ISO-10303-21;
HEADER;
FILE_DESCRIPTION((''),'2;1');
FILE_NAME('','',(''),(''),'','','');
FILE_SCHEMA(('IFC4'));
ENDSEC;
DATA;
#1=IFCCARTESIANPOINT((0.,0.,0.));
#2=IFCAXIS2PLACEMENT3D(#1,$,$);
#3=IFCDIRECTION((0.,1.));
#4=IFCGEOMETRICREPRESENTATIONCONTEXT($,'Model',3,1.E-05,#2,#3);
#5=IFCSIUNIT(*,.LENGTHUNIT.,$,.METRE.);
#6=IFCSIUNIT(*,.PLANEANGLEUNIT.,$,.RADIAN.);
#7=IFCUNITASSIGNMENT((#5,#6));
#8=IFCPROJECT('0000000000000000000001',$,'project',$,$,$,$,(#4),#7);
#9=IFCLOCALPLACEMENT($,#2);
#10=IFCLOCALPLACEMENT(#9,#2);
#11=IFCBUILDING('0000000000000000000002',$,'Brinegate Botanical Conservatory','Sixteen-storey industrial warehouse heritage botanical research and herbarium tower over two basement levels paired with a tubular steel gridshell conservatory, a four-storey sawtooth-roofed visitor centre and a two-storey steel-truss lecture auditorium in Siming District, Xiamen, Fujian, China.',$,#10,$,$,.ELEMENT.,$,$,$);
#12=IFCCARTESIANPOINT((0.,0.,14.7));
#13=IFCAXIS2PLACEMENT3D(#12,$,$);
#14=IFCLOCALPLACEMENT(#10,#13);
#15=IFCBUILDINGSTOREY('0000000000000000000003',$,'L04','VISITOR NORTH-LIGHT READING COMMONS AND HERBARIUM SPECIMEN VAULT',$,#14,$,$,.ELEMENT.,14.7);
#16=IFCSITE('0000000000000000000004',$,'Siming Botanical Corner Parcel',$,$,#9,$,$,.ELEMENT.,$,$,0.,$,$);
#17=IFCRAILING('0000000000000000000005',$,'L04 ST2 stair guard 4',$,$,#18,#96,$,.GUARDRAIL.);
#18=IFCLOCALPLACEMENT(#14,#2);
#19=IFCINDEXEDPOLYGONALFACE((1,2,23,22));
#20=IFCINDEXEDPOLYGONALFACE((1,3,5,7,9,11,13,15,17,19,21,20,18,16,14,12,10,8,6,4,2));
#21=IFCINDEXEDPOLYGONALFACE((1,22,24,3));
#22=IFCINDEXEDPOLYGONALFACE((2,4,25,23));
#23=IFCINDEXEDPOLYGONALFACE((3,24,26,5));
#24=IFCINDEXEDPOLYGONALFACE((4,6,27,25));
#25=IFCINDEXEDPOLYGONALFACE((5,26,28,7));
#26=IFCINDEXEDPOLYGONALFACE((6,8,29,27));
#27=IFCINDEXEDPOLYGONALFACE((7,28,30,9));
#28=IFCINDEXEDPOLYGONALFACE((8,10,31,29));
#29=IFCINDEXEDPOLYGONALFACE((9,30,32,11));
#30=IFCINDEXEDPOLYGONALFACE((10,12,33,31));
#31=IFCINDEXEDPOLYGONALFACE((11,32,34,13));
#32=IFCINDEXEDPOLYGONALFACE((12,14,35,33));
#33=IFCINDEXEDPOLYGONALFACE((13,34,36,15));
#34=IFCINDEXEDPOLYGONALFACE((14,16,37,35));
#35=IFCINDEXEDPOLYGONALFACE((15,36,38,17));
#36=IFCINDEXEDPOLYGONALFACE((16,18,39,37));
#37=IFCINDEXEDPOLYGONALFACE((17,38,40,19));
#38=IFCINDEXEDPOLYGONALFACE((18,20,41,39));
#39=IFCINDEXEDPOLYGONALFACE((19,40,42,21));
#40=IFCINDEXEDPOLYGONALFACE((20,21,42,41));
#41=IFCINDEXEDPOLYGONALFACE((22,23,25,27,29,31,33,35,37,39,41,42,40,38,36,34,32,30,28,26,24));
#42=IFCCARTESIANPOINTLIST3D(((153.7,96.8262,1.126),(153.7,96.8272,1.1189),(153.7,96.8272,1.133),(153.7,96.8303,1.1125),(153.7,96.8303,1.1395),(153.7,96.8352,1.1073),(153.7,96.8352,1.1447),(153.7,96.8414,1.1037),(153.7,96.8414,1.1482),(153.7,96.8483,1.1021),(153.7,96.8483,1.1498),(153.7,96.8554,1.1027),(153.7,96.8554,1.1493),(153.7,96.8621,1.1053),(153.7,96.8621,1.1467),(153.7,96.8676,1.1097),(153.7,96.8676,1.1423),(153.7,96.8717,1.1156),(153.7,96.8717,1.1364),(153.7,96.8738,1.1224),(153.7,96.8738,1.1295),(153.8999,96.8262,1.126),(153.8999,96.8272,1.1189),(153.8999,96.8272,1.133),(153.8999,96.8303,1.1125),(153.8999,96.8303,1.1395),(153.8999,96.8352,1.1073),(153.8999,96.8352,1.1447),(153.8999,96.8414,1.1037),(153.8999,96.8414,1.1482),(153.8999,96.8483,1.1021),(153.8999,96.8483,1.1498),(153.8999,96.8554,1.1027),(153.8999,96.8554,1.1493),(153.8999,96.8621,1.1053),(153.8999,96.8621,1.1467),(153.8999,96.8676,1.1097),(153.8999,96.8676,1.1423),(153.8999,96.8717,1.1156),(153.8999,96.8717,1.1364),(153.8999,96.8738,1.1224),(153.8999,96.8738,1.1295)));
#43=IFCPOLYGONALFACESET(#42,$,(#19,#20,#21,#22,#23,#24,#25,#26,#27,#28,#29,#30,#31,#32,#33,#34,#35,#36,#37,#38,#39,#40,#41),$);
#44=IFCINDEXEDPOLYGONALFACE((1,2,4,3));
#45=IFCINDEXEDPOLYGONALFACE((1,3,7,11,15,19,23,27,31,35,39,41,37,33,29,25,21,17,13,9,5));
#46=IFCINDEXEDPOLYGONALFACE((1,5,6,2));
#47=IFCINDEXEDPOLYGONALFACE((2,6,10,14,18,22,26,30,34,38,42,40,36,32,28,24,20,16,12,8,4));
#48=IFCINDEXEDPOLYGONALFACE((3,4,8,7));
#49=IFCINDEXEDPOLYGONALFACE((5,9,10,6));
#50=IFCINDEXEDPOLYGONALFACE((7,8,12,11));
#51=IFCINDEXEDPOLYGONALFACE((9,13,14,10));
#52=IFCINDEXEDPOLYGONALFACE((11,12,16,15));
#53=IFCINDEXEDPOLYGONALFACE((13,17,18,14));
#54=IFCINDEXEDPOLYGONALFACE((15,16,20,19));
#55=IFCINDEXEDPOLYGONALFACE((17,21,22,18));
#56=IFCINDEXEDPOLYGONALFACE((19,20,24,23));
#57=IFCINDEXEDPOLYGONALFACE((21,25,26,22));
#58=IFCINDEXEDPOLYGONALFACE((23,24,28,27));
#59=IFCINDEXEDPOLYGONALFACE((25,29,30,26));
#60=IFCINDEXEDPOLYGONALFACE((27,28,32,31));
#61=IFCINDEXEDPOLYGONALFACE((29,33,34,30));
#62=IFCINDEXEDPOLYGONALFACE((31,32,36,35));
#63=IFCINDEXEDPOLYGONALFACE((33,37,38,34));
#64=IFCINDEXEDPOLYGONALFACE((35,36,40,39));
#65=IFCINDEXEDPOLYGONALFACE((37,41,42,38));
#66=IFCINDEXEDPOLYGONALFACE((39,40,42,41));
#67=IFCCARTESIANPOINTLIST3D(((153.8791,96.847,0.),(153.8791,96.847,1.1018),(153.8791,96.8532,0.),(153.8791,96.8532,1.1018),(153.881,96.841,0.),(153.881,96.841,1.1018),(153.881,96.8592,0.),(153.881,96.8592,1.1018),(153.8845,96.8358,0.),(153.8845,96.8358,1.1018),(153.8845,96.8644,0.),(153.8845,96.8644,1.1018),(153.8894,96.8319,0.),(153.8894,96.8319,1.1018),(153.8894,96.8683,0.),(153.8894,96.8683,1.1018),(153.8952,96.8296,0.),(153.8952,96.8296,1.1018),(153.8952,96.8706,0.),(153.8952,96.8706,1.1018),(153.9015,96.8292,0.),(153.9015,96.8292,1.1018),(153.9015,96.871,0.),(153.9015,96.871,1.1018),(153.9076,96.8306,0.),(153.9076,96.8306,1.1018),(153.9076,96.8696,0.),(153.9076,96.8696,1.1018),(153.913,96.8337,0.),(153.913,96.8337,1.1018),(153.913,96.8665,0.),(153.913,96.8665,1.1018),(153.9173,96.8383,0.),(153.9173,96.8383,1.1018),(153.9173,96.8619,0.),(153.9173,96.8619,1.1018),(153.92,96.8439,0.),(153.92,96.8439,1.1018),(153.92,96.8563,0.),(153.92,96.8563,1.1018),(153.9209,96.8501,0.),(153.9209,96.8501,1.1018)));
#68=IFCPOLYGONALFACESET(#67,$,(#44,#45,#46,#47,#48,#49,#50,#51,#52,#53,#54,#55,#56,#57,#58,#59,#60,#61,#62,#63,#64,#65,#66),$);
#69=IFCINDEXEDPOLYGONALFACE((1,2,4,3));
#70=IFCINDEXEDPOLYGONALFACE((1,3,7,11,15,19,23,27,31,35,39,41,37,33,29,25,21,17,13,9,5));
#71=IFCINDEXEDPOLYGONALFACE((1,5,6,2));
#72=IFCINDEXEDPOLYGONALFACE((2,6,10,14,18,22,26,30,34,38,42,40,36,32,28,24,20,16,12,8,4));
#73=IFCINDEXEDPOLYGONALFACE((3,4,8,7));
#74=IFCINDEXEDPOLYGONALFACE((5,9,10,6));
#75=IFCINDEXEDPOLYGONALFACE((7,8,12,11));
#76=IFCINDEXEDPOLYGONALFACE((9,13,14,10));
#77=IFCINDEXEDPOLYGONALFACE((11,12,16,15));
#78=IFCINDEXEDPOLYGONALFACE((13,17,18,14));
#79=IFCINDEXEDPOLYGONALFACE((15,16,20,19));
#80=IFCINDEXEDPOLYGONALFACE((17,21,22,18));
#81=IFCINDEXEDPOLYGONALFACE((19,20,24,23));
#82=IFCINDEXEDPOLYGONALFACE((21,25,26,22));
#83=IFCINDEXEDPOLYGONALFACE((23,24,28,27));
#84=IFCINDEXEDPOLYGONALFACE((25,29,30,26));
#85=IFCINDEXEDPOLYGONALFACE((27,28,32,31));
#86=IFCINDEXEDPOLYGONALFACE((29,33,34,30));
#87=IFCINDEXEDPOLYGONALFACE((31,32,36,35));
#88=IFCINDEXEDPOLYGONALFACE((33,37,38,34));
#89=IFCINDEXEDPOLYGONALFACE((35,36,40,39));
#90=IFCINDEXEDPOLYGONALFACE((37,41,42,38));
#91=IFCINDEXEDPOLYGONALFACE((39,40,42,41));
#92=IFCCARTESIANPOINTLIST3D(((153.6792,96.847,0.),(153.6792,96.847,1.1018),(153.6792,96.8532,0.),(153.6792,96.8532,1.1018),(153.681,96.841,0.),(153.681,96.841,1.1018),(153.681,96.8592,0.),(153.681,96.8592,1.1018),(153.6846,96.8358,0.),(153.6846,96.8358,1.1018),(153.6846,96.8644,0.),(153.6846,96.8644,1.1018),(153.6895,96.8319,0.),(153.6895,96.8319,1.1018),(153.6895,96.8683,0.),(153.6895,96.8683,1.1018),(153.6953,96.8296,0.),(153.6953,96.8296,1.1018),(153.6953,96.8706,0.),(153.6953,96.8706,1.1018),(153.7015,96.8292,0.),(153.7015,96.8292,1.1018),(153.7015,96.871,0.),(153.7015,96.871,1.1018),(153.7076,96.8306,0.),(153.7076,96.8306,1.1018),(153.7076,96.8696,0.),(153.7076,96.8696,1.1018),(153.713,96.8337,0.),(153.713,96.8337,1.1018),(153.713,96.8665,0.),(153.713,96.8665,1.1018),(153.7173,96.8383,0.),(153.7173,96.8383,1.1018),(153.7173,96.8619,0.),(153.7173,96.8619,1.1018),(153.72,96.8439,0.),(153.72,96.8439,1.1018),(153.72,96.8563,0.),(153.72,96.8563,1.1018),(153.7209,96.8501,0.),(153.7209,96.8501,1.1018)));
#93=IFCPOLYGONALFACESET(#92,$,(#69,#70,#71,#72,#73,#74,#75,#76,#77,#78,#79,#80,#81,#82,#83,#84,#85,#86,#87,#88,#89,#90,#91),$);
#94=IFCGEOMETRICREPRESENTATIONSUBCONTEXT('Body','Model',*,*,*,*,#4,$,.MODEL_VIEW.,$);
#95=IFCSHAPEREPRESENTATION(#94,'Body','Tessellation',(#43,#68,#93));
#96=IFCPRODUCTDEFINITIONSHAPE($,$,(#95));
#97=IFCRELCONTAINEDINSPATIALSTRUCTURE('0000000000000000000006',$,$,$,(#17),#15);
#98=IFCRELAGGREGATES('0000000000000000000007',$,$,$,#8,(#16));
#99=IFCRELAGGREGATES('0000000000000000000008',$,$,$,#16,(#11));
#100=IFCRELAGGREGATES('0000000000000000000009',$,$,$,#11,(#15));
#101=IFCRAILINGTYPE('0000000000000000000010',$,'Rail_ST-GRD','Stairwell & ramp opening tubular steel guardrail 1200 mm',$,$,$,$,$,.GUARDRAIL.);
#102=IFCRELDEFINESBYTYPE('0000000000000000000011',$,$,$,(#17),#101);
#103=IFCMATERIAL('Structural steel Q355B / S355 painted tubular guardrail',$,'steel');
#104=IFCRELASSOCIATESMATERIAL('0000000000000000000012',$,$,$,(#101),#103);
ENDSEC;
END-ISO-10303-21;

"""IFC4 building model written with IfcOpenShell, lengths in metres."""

from ifc_helpers import new_model, si_unit, direction, frame, origin, origin_2d, place, context, subcontext, project, spatial, circle, extrude, material, type_object, element, save


model = new_model("IFC4")

# Units and contexts
model_context = context("Model", 3, precision=1e-05, world=origin(), true_north=direction((0.0, 1.0)))
body_context = subcontext(model_context, "Body", "Model", "MODEL_VIEW")
ifc_project = project(units=[si_unit("LENGTHUNIT", "METRE"), si_unit("PLANEANGLEUNIT", "RADIAN")], contexts=[model_context])

# Site, building, storey
site_placement = place(None, origin())
site = spatial("IfcSite", under=ifc_project, at=site_placement, Name="Siming Botanical Corner Parcel", CompositionType="ELEMENT", RefElevation=0.0)
building_placement = place(site_placement, origin())
building = spatial("IfcBuilding", under=site, at=building_placement, Name="Brinegate Botanical Conservatory", Description="Sixteen-storey industrial warehouse heritage botanical research and herbarium tower over two basement levels paired with a tubular steel gridshell conservatory, a four-storey sawtooth-roofed visitor centre and a two-storey steel-truss lecture auditorium in Siming District, Xiamen, Fujian, China.", CompositionType="ELEMENT")
storey_placement = place(building_placement, frame((0.0, 0.0, 14.7)))
storey = spatial("IfcBuildingStorey", under=building, at=storey_placement, Name="L04", Description="VISITOR NORTH-LIGHT READING COMMONS AND HERBARIUM SPECIMEN VAULT", CompositionType="ELEMENT", Elevation=14.7)

# Railing
ifc_material_1 = material(Name="Structural steel Q355B / S355 painted tubular guardrail", Category="steel")
railing_type_1 = type_object("IfcRailingType", Name="Rail_ST-GRD", Description="Stairwell & ramp opening tubular steel guardrail 1200 mm", PredefinedType="GUARDRAIL", material=ifc_material_1)
railing_1_placement = place(storey_placement, frame((153.8999, 96.8501, 0.0)))
element("IfcRailing", 1, at=railing_1_placement, inside=storey, type_object=railing_type_1, Name="L04 ST2 stair guard 4", PredefinedType="GUARDRAIL", context=body_context, shape_type="SweptSolid", body=[
    extrude(circle(Radius=0.0239, at=origin_2d()), frame((0.0, 0.0, 1.126), z_axis=(-1.0, 0.0, 0.0), x_axis=(0.0, -1.0, 0.0)), (0.0, 0.0, 1.0), 0.2),
    extrude(circle(Radius=0.021, at=origin_2d()), origin(), (0.0, 0.0, 1.0), 1.1018),
    extrude(circle(Radius=0.021, at=origin_2d()), frame((-0.2, 0.0, 0.0)), (0.0, 0.0, 1.0), 1.1018),
])

save(model, "model.ifc")
